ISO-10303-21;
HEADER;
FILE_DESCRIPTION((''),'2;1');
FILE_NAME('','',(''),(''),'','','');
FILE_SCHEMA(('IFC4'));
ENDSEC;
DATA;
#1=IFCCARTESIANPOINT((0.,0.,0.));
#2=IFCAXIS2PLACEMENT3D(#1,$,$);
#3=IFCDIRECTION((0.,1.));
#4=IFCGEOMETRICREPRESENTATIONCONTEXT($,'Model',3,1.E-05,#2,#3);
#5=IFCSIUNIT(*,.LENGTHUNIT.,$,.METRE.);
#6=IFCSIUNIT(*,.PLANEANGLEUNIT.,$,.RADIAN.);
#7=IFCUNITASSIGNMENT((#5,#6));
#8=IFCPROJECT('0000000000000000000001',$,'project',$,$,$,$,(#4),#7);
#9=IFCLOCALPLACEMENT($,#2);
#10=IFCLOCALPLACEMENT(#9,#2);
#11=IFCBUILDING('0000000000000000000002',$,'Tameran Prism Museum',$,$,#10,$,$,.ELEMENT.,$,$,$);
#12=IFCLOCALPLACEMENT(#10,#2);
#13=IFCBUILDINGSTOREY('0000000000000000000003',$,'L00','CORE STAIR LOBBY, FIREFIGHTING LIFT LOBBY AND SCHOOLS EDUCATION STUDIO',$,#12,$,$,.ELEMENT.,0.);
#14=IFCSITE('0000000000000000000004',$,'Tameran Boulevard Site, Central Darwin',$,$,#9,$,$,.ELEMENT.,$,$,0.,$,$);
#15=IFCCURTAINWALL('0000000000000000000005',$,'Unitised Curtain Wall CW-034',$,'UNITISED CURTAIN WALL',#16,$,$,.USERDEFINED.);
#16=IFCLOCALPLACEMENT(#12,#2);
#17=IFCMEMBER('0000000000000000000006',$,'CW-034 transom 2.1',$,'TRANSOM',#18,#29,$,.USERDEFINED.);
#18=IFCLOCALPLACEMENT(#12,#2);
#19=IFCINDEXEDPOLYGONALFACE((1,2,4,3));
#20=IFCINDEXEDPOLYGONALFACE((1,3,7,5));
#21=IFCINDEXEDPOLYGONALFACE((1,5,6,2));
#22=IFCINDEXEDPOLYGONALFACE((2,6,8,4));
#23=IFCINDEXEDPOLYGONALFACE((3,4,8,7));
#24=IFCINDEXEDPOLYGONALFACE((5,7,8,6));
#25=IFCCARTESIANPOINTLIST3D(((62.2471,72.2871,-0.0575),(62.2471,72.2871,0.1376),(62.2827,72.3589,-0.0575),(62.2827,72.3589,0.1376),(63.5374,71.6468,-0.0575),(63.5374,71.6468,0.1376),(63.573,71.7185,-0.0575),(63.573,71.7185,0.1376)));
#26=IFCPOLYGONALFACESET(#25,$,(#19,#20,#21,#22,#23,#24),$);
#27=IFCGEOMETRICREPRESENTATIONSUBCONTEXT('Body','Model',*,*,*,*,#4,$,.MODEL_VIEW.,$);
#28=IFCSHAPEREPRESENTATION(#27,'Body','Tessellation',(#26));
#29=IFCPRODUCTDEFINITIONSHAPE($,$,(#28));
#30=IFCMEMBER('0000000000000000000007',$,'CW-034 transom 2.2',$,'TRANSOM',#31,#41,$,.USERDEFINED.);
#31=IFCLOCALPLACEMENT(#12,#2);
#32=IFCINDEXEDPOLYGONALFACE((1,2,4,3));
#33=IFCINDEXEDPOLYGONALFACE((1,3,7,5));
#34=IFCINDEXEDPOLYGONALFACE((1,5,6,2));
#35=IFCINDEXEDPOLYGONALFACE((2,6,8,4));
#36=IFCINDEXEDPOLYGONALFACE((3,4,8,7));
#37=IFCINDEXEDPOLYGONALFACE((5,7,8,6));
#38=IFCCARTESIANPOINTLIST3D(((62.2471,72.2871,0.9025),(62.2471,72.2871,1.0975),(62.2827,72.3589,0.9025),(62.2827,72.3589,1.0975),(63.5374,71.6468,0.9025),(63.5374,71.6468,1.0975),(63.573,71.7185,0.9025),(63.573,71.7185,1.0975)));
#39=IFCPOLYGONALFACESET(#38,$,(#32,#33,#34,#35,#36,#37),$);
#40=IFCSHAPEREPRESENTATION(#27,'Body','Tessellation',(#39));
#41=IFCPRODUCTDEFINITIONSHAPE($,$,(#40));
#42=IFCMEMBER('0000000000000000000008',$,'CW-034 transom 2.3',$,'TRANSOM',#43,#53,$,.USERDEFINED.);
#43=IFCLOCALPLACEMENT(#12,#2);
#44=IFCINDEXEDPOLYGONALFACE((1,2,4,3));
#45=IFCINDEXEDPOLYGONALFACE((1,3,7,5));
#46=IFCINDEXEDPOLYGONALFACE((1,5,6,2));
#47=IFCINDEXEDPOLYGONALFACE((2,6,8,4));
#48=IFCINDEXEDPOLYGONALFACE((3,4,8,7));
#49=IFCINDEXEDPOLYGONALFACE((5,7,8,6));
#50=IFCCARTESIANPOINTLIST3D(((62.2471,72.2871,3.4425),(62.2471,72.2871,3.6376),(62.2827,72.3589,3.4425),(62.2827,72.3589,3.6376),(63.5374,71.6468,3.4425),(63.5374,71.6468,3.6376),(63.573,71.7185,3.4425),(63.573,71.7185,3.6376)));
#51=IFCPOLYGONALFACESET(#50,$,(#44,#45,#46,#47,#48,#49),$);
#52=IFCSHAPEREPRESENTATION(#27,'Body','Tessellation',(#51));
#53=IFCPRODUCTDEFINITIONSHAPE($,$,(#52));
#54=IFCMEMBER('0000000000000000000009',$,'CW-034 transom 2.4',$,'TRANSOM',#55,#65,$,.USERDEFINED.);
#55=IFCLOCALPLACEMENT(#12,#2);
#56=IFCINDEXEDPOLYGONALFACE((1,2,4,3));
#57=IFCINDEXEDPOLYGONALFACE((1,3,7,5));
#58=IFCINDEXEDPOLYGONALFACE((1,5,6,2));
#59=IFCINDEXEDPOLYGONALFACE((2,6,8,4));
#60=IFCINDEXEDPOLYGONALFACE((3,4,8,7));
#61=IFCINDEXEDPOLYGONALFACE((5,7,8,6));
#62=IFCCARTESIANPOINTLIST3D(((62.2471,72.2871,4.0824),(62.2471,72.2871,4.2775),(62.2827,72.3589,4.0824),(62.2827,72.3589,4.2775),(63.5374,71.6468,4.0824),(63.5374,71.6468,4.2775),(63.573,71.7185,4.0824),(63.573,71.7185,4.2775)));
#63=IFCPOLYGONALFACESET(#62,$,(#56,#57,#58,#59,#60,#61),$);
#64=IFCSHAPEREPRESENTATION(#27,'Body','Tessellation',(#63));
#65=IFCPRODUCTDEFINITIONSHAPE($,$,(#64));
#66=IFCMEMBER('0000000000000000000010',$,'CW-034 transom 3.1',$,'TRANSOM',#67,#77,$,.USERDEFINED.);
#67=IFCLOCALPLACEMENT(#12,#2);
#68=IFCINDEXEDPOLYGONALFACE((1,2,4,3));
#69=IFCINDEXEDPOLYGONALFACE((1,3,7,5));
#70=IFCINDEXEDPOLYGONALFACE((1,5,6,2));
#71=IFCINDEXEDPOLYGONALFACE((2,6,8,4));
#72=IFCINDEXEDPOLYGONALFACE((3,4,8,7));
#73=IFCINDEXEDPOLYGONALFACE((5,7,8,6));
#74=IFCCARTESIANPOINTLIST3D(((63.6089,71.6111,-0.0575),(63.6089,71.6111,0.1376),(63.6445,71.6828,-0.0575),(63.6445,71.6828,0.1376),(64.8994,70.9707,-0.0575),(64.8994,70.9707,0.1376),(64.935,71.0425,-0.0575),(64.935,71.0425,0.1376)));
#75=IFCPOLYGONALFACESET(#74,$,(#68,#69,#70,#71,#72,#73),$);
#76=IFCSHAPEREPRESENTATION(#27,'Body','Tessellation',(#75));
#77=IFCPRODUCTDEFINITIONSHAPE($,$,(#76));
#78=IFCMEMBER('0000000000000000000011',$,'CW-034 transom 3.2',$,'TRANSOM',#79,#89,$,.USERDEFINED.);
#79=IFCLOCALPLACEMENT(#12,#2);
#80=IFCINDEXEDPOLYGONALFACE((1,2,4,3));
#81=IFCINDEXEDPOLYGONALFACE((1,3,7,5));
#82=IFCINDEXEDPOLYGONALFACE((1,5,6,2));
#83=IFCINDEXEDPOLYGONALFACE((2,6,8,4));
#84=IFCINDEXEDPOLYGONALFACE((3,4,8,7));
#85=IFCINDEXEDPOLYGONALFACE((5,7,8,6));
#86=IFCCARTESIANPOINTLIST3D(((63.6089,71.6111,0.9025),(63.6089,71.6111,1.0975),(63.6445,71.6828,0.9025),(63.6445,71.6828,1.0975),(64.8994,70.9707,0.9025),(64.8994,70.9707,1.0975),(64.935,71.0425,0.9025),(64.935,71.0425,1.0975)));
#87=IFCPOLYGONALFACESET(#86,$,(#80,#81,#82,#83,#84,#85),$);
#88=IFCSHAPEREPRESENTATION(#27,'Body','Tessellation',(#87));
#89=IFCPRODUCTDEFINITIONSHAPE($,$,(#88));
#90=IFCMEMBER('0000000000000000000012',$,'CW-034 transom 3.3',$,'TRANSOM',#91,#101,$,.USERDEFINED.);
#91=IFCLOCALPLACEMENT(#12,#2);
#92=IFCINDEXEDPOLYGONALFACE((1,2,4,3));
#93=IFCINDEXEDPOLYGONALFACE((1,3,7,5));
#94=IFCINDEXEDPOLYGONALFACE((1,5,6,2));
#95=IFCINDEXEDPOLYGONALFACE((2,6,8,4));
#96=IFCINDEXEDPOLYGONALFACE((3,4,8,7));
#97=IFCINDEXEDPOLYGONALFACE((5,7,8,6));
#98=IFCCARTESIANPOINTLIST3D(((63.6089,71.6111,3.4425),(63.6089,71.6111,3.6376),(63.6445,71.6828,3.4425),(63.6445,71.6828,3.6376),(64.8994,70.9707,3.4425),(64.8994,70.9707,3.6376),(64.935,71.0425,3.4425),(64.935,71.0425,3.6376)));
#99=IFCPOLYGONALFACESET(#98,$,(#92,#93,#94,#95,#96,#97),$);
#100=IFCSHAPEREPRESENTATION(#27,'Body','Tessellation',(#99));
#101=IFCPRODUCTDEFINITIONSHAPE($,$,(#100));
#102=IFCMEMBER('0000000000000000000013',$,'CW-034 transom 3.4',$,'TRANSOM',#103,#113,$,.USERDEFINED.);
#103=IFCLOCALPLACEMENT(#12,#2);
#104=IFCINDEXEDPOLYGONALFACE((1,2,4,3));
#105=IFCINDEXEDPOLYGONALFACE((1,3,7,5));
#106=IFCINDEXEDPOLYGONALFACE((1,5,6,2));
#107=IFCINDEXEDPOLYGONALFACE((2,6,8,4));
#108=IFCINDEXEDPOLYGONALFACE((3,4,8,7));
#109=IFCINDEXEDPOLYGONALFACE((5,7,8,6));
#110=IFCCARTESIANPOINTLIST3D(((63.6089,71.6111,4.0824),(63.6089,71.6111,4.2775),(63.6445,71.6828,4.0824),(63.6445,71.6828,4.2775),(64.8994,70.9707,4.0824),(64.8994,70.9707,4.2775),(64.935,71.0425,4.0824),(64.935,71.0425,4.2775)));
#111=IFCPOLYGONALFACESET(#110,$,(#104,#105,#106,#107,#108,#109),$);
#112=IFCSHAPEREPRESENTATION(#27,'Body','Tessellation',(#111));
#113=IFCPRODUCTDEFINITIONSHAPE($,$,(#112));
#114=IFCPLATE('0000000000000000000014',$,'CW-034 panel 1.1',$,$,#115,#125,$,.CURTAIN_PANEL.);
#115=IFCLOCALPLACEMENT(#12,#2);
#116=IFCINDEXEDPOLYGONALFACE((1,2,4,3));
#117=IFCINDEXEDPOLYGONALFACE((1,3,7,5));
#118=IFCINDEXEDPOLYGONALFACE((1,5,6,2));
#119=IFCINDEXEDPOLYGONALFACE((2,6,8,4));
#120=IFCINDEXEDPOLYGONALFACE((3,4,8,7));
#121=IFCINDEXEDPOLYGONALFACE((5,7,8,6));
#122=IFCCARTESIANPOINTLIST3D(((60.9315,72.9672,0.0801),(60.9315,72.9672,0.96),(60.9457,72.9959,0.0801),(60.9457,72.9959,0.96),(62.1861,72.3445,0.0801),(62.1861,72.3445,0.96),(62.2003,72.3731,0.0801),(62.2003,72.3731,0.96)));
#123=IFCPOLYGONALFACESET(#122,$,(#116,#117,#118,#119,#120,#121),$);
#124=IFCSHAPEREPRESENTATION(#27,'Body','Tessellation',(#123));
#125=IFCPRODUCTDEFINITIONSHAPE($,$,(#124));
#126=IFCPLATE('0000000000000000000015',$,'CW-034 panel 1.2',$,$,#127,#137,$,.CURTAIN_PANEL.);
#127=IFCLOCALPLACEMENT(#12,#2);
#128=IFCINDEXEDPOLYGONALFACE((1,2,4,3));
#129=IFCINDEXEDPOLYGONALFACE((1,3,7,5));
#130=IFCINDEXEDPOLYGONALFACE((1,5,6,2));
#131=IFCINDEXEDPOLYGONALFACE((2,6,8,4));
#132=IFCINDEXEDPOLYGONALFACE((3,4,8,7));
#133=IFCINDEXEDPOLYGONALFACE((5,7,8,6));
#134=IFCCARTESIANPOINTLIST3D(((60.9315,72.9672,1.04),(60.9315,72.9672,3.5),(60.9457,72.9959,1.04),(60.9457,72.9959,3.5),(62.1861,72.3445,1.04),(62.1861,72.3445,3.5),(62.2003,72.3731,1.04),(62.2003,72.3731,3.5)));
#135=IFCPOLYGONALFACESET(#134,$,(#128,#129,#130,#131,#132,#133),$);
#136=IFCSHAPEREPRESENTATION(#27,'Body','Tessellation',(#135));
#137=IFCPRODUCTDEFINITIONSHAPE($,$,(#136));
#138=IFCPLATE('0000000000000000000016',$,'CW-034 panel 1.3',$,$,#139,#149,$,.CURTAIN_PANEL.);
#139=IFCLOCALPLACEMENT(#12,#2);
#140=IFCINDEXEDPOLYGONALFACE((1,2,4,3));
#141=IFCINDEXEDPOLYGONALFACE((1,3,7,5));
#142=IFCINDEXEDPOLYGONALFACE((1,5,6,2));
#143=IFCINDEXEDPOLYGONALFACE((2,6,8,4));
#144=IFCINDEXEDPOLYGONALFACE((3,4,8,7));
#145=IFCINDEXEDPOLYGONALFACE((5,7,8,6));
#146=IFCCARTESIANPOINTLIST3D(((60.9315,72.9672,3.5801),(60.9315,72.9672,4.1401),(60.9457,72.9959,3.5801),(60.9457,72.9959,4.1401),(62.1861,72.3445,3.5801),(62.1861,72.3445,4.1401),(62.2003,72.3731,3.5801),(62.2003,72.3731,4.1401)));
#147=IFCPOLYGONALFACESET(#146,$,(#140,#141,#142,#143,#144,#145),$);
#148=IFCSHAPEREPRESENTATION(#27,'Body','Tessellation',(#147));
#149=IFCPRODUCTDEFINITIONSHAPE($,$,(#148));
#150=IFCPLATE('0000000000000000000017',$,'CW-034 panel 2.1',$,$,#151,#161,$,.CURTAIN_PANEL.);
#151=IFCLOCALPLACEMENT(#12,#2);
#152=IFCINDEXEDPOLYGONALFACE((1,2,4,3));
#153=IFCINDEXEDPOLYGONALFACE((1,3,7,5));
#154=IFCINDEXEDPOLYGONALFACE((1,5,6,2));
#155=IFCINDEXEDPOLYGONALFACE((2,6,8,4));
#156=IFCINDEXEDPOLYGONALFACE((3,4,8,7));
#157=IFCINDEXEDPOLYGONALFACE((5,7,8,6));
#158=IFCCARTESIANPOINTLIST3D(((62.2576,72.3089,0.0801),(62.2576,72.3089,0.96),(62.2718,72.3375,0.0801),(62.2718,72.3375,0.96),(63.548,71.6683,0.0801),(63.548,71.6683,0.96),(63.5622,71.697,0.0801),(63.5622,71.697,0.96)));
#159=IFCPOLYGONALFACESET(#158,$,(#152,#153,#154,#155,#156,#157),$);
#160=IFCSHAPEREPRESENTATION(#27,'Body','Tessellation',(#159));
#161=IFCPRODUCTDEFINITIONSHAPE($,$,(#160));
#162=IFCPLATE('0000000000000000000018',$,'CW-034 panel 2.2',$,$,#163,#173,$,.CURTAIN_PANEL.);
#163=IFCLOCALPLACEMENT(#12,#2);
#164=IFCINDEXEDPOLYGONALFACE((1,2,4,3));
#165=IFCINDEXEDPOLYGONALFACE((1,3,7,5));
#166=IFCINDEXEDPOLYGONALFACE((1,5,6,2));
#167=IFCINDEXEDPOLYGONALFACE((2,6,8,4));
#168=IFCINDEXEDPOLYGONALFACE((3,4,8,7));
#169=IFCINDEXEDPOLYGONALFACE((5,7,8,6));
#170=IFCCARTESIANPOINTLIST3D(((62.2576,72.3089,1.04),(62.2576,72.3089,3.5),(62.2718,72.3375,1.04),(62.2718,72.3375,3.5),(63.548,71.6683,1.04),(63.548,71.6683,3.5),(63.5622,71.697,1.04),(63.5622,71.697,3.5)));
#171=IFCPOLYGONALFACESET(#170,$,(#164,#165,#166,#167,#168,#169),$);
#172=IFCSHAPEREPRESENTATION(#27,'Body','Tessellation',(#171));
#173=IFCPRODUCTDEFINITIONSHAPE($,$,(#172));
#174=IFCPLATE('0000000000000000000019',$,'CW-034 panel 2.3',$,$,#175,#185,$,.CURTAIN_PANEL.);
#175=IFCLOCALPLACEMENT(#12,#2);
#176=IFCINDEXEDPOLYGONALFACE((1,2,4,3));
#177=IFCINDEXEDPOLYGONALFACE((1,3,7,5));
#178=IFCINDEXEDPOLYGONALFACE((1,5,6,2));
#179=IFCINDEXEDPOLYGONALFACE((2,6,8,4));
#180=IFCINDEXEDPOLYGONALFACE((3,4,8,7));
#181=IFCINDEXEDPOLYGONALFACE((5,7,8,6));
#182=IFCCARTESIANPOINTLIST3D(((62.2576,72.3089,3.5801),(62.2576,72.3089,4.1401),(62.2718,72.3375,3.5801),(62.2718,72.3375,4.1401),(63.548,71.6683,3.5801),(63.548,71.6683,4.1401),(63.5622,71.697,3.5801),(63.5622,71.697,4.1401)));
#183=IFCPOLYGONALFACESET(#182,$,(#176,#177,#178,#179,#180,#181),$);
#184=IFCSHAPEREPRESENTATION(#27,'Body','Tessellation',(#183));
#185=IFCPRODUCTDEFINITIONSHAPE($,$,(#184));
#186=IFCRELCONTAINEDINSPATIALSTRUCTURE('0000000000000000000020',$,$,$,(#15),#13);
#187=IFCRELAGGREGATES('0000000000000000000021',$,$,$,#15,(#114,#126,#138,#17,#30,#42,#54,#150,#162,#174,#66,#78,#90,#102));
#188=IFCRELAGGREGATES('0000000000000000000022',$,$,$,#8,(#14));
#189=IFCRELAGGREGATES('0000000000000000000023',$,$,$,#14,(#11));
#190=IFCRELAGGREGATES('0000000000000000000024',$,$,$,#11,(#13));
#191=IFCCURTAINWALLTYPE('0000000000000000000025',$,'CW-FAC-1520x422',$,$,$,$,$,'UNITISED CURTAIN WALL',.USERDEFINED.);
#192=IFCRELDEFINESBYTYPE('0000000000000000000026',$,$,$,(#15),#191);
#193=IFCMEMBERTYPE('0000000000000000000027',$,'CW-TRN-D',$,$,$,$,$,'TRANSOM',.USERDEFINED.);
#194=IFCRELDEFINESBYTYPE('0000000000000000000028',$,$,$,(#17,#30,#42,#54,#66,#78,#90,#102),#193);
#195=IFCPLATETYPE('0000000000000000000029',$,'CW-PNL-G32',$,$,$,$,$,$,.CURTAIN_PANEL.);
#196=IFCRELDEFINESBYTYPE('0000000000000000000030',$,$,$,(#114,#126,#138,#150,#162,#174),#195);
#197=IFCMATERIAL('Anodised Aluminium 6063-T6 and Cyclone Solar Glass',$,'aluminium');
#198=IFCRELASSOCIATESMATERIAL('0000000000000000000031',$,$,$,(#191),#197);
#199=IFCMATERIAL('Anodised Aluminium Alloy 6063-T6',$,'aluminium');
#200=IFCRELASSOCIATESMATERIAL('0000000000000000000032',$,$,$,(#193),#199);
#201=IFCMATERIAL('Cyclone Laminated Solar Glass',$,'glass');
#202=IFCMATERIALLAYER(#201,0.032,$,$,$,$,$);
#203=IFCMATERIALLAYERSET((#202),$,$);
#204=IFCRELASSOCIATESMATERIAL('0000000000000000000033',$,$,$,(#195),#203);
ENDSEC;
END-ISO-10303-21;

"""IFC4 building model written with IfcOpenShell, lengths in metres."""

from ifc_helpers import new_model, si_unit, direction, frame, origin, origin_2d, place, context, subcontext, project, spatial, rectangle, extrude, material, layer, layer_set, material_profile, profile_set, type_object, element, aggregate, save


model = new_model("IFC4")

# Units and contexts
model_context = context("Model", 3, precision=1e-05, world=origin(), true_north=direction((0.0, 1.0)))
body_context = subcontext(model_context, "Body", "Model", "MODEL_VIEW")
ifc_project = project(units=[si_unit("LENGTHUNIT", "METRE"), si_unit("PLANEANGLEUNIT", "RADIAN")], contexts=[model_context])

# Site, building, storey
site_placement = place(None, origin())
site = spatial("IfcSite", under=ifc_project, at=site_placement, Name="Tameran Boulevard Site, Central Darwin", CompositionType="ELEMENT", RefElevation=0.0)
building_placement = place(site_placement, origin())
building = spatial("IfcBuilding", under=site, at=building_placement, Name="Tameran Prism Museum", CompositionType="ELEMENT")
storey_placement = place(building_placement, origin())
storey = spatial("IfcBuildingStorey", under=building, at=storey_placement, Name="L00", Description="CORE STAIR LOBBY, FIREFIGHTING LIFT LOBBY AND SCHOOLS EDUCATION STUDIO", CompositionType="ELEMENT", Elevation=0.0)

# Curtain wall, members, plates
ifc_material_1 = material(Name="Anodised Aluminium 6063-T6 and Cyclone Solar Glass", Category="aluminium")
curtain_wall_type = type_object("IfcCurtainWallType", Name="CW-FAC-1520x422", ElementType="UNITISED CURTAIN WALL", PredefinedType="USERDEFINED", material=ifc_material_1)
curtain_wall_placement = place(storey_placement, origin())
curtain_wall = element("IfcCurtainWall", 1, at=curtain_wall_placement, inside=storey, type_object=curtain_wall_type, Name="Unitised Curtain Wall CW-034", ObjectType="UNITISED CURTAIN WALL", PredefinedType="USERDEFINED")
ifc_material_2 = material(Name="Anodised Aluminium Alloy 6063-T6", Category="aluminium")
ifc_material_profile_1 = material_profile(ifc_material_2, rectangle(XDim=0.0801, YDim=0.1951, at=origin_2d()))
ifc_profile_set_1 = profile_set([ifc_material_profile_1])
member_type_1 = type_object("IfcMemberType", Name="CW-TRN-D", ElementType="TRANSOM", PredefinedType="USERDEFINED", material=ifc_profile_set_1)
member_1_placement = place(storey_placement, frame((62.2649, 72.323, 0.04), z_axis=(0.895745, -0.444568, 0.0), x_axis=(0.444568, 0.895745, 0.0)))
member_1 = element("IfcMember", 2, at=member_1_placement, type_object=member_type_1, Name="CW-034 transom 2.1", ObjectType="TRANSOM", PredefinedType="USERDEFINED", context=body_context, shape_type="SweptSolid", body=[
    extrude(rectangle(XDim=0.0801, YDim=0.1951, at=origin_2d()), origin(), (0.0, 0.0, 1.0), 1.4404),
])
member_2_placement = place(storey_placement, frame((62.2649, 72.323, 1.0), z_axis=(0.895745, -0.444568, 0.0), x_axis=(0.444568, 0.895745, 0.0)))
member_2 = element("IfcMember", 3, at=member_2_placement, type_object=member_type_1, Name="CW-034 transom 2.2", ObjectType="TRANSOM", PredefinedType="USERDEFINED", context=body_context, shape_type="SweptSolid", body=[
    extrude(rectangle(XDim=0.0801, YDim=0.1951, at=origin_2d()), origin(), (0.0, 0.0, 1.0), 1.4404),
])
member_3_placement = place(storey_placement, frame((62.2649, 72.323, 3.54), z_axis=(0.895745, -0.444568, 0.0), x_axis=(0.444568, 0.895745, 0.0)))
member_3 = element("IfcMember", 4, at=member_3_placement, type_object=member_type_1, Name="CW-034 transom 2.3", ObjectType="TRANSOM", PredefinedType="USERDEFINED", context=body_context, shape_type="SweptSolid", body=[
    extrude(rectangle(XDim=0.0801, YDim=0.1951, at=origin_2d()), origin(), (0.0, 0.0, 1.0), 1.4404),
])
member_4_placement = place(storey_placement, frame((62.2649, 72.323, 4.1799), z_axis=(0.895745, -0.444568, 0.0), x_axis=(0.444568, 0.895745, 0.0)))
member_4 = element("IfcMember", 5, at=member_4_placement, type_object=member_type_1, Name="CW-034 transom 2.4", ObjectType="TRANSOM", PredefinedType="USERDEFINED", context=body_context, shape_type="SweptSolid", body=[
    extrude(rectangle(XDim=0.0801, YDim=0.1951, at=origin_2d()), origin(), (0.0, 0.0, 1.0), 1.4404),
])
member_5_placement = place(storey_placement, frame((63.6267, 71.647, 0.04), z_axis=(0.895779, -0.4445, 0.0), x_axis=(0.4445, 0.895779, 0.0)))
member_5 = element("IfcMember", 6, at=member_5_placement, type_object=member_type_1, Name="CW-034 transom 3.1", ObjectType="TRANSOM", PredefinedType="USERDEFINED", context=body_context, shape_type="SweptSolid", body=[
    extrude(rectangle(XDim=0.0801, YDim=0.1951, at=origin_2d()), origin(), (0.0, 0.0, 1.0), 1.4407),
])
member_6_placement = place(storey_placement, frame((63.6267, 71.647, 1.0), z_axis=(0.895779, -0.4445, 0.0), x_axis=(0.4445, 0.895779, 0.0)))
member_6 = element("IfcMember", 7, at=member_6_placement, type_object=member_type_1, Name="CW-034 transom 3.2", ObjectType="TRANSOM", PredefinedType="USERDEFINED", context=body_context, shape_type="SweptSolid", body=[
    extrude(rectangle(XDim=0.0801, YDim=0.1951, at=origin_2d()), origin(), (0.0, 0.0, 1.0), 1.4407),
])
member_7_placement = place(storey_placement, frame((63.6267, 71.647, 3.54), z_axis=(0.895779, -0.4445, 0.0), x_axis=(0.4445, 0.895779, 0.0)))
member_7 = element("IfcMember", 8, at=member_7_placement, type_object=member_type_1, Name="CW-034 transom 3.3", ObjectType="TRANSOM", PredefinedType="USERDEFINED", context=body_context, shape_type="SweptSolid", body=[
    extrude(rectangle(XDim=0.0801, YDim=0.1951, at=origin_2d()), origin(), (0.0, 0.0, 1.0), 1.4407),
])
member_8_placement = place(storey_placement, frame((63.6267, 71.647, 4.1799), z_axis=(0.895779, -0.4445, 0.0), x_axis=(0.4445, 0.895779, 0.0)))
member_8 = element("IfcMember", 9, at=member_8_placement, type_object=member_type_1, Name="CW-034 transom 3.4", ObjectType="TRANSOM", PredefinedType="USERDEFINED", context=body_context, shape_type="SweptSolid", body=[
    extrude(rectangle(XDim=0.0801, YDim=0.1951, at=origin_2d()), origin(), (0.0, 0.0, 1.0), 1.4407),
])
ifc_material_3 = material(Name="Cyclone Laminated Solar Glass", Category="glass")
ifc_layer_1 = layer(ifc_material_3, 0.032)
ifc_layer_set_1 = layer_set([ifc_layer_1])
plate_type = type_object("IfcPlateType", Name="CW-PNL-G32", PredefinedType="CURTAIN_PANEL", material=ifc_layer_set_1)
plate_1_placement = place(storey_placement, frame((61.5659, 72.6702, 0.0801), z_axis=(0.0, 0.0, 1.0), x_axis=(0.895712, -0.444634, 0.0)))
plate_1 = element("IfcPlate", 10, at=plate_1_placement, type_object=plate_type, Name="CW-034 panel 1.1", PredefinedType="CURTAIN_PANEL", context=body_context, shape_type="SweptSolid", body=[
    extrude(rectangle(XDim=1.4006, YDim=0.032, at=origin_2d()), origin(), (0.0, 0.0, 1.0), 0.8799),
])
plate_2_placement = place(storey_placement, frame((61.5659, 72.6702, 1.04), z_axis=(0.0, 0.0, 1.0), x_axis=(0.895712, -0.444634, 0.0)))
plate_2 = element("IfcPlate", 11, at=plate_2_placement, type_object=plate_type, Name="CW-034 panel 1.2", PredefinedType="CURTAIN_PANEL", context=body_context, shape_type="SweptSolid", body=[
    extrude(rectangle(XDim=1.4006, YDim=0.032, at=origin_2d()), origin(), (0.0, 0.0, 1.0), 2.46),
])
plate_3_placement = place(storey_placement, frame((61.5659, 72.6702, 3.5801), z_axis=(0.0, 0.0, 1.0), x_axis=(0.895712, -0.444634, 0.0)))
plate_3 = element("IfcPlate", 12, at=plate_3_placement, type_object=plate_type, Name="CW-034 panel 1.3", PredefinedType="CURTAIN_PANEL", context=body_context, shape_type="SweptSolid", body=[
    extrude(rectangle(XDim=1.4006, YDim=0.032, at=origin_2d()), origin(), (0.0, 0.0, 1.0), 0.5601),
])
plate_4_placement = place(storey_placement, frame((62.9099, 72.0029, 0.0801), z_axis=(0.0, 0.0, 1.0), x_axis=(0.895712, -0.444634, 0.0)))
plate_4 = element("IfcPlate", 13, at=plate_4_placement, type_object=plate_type, Name="CW-034 panel 2.1", PredefinedType="CURTAIN_PANEL", context=body_context, shape_type="SweptSolid", body=[
    extrude(rectangle(XDim=1.4407, YDim=0.032, at=origin_2d()), origin(), (0.0, 0.0, 1.0), 0.8799),
])
plate_5_placement = place(storey_placement, frame((62.9099, 72.0029, 1.04), z_axis=(0.0, 0.0, 1.0), x_axis=(0.895712, -0.444634, 0.0)))
plate_5 = element("IfcPlate", 14, at=plate_5_placement, type_object=plate_type, Name="CW-034 panel 2.2", PredefinedType="CURTAIN_PANEL", context=body_context, shape_type="SweptSolid", body=[
    extrude(rectangle(XDim=1.4407, YDim=0.032, at=origin_2d()), origin(), (0.0, 0.0, 1.0), 2.46),
])
plate_6_placement = place(storey_placement, frame((62.9099, 72.0029, 3.5801), z_axis=(0.0, 0.0, 1.0), x_axis=(0.895712, -0.444634, 0.0)))
plate_6 = element("IfcPlate", 15, at=plate_6_placement, type_object=plate_type, Name="CW-034 panel 2.3", PredefinedType="CURTAIN_PANEL", context=body_context, shape_type="SweptSolid", body=[
    extrude(rectangle(XDim=1.4407, YDim=0.032, at=origin_2d()), origin(), (0.0, 0.0, 1.0), 0.5601),
])
aggregate(curtain_wall, [plate_1, plate_2, plate_3, member_1, member_2, member_3, member_4, plate_4, plate_5, plate_6, member_5, member_6, member_7, member_8])

save(model, "model.ifc")
